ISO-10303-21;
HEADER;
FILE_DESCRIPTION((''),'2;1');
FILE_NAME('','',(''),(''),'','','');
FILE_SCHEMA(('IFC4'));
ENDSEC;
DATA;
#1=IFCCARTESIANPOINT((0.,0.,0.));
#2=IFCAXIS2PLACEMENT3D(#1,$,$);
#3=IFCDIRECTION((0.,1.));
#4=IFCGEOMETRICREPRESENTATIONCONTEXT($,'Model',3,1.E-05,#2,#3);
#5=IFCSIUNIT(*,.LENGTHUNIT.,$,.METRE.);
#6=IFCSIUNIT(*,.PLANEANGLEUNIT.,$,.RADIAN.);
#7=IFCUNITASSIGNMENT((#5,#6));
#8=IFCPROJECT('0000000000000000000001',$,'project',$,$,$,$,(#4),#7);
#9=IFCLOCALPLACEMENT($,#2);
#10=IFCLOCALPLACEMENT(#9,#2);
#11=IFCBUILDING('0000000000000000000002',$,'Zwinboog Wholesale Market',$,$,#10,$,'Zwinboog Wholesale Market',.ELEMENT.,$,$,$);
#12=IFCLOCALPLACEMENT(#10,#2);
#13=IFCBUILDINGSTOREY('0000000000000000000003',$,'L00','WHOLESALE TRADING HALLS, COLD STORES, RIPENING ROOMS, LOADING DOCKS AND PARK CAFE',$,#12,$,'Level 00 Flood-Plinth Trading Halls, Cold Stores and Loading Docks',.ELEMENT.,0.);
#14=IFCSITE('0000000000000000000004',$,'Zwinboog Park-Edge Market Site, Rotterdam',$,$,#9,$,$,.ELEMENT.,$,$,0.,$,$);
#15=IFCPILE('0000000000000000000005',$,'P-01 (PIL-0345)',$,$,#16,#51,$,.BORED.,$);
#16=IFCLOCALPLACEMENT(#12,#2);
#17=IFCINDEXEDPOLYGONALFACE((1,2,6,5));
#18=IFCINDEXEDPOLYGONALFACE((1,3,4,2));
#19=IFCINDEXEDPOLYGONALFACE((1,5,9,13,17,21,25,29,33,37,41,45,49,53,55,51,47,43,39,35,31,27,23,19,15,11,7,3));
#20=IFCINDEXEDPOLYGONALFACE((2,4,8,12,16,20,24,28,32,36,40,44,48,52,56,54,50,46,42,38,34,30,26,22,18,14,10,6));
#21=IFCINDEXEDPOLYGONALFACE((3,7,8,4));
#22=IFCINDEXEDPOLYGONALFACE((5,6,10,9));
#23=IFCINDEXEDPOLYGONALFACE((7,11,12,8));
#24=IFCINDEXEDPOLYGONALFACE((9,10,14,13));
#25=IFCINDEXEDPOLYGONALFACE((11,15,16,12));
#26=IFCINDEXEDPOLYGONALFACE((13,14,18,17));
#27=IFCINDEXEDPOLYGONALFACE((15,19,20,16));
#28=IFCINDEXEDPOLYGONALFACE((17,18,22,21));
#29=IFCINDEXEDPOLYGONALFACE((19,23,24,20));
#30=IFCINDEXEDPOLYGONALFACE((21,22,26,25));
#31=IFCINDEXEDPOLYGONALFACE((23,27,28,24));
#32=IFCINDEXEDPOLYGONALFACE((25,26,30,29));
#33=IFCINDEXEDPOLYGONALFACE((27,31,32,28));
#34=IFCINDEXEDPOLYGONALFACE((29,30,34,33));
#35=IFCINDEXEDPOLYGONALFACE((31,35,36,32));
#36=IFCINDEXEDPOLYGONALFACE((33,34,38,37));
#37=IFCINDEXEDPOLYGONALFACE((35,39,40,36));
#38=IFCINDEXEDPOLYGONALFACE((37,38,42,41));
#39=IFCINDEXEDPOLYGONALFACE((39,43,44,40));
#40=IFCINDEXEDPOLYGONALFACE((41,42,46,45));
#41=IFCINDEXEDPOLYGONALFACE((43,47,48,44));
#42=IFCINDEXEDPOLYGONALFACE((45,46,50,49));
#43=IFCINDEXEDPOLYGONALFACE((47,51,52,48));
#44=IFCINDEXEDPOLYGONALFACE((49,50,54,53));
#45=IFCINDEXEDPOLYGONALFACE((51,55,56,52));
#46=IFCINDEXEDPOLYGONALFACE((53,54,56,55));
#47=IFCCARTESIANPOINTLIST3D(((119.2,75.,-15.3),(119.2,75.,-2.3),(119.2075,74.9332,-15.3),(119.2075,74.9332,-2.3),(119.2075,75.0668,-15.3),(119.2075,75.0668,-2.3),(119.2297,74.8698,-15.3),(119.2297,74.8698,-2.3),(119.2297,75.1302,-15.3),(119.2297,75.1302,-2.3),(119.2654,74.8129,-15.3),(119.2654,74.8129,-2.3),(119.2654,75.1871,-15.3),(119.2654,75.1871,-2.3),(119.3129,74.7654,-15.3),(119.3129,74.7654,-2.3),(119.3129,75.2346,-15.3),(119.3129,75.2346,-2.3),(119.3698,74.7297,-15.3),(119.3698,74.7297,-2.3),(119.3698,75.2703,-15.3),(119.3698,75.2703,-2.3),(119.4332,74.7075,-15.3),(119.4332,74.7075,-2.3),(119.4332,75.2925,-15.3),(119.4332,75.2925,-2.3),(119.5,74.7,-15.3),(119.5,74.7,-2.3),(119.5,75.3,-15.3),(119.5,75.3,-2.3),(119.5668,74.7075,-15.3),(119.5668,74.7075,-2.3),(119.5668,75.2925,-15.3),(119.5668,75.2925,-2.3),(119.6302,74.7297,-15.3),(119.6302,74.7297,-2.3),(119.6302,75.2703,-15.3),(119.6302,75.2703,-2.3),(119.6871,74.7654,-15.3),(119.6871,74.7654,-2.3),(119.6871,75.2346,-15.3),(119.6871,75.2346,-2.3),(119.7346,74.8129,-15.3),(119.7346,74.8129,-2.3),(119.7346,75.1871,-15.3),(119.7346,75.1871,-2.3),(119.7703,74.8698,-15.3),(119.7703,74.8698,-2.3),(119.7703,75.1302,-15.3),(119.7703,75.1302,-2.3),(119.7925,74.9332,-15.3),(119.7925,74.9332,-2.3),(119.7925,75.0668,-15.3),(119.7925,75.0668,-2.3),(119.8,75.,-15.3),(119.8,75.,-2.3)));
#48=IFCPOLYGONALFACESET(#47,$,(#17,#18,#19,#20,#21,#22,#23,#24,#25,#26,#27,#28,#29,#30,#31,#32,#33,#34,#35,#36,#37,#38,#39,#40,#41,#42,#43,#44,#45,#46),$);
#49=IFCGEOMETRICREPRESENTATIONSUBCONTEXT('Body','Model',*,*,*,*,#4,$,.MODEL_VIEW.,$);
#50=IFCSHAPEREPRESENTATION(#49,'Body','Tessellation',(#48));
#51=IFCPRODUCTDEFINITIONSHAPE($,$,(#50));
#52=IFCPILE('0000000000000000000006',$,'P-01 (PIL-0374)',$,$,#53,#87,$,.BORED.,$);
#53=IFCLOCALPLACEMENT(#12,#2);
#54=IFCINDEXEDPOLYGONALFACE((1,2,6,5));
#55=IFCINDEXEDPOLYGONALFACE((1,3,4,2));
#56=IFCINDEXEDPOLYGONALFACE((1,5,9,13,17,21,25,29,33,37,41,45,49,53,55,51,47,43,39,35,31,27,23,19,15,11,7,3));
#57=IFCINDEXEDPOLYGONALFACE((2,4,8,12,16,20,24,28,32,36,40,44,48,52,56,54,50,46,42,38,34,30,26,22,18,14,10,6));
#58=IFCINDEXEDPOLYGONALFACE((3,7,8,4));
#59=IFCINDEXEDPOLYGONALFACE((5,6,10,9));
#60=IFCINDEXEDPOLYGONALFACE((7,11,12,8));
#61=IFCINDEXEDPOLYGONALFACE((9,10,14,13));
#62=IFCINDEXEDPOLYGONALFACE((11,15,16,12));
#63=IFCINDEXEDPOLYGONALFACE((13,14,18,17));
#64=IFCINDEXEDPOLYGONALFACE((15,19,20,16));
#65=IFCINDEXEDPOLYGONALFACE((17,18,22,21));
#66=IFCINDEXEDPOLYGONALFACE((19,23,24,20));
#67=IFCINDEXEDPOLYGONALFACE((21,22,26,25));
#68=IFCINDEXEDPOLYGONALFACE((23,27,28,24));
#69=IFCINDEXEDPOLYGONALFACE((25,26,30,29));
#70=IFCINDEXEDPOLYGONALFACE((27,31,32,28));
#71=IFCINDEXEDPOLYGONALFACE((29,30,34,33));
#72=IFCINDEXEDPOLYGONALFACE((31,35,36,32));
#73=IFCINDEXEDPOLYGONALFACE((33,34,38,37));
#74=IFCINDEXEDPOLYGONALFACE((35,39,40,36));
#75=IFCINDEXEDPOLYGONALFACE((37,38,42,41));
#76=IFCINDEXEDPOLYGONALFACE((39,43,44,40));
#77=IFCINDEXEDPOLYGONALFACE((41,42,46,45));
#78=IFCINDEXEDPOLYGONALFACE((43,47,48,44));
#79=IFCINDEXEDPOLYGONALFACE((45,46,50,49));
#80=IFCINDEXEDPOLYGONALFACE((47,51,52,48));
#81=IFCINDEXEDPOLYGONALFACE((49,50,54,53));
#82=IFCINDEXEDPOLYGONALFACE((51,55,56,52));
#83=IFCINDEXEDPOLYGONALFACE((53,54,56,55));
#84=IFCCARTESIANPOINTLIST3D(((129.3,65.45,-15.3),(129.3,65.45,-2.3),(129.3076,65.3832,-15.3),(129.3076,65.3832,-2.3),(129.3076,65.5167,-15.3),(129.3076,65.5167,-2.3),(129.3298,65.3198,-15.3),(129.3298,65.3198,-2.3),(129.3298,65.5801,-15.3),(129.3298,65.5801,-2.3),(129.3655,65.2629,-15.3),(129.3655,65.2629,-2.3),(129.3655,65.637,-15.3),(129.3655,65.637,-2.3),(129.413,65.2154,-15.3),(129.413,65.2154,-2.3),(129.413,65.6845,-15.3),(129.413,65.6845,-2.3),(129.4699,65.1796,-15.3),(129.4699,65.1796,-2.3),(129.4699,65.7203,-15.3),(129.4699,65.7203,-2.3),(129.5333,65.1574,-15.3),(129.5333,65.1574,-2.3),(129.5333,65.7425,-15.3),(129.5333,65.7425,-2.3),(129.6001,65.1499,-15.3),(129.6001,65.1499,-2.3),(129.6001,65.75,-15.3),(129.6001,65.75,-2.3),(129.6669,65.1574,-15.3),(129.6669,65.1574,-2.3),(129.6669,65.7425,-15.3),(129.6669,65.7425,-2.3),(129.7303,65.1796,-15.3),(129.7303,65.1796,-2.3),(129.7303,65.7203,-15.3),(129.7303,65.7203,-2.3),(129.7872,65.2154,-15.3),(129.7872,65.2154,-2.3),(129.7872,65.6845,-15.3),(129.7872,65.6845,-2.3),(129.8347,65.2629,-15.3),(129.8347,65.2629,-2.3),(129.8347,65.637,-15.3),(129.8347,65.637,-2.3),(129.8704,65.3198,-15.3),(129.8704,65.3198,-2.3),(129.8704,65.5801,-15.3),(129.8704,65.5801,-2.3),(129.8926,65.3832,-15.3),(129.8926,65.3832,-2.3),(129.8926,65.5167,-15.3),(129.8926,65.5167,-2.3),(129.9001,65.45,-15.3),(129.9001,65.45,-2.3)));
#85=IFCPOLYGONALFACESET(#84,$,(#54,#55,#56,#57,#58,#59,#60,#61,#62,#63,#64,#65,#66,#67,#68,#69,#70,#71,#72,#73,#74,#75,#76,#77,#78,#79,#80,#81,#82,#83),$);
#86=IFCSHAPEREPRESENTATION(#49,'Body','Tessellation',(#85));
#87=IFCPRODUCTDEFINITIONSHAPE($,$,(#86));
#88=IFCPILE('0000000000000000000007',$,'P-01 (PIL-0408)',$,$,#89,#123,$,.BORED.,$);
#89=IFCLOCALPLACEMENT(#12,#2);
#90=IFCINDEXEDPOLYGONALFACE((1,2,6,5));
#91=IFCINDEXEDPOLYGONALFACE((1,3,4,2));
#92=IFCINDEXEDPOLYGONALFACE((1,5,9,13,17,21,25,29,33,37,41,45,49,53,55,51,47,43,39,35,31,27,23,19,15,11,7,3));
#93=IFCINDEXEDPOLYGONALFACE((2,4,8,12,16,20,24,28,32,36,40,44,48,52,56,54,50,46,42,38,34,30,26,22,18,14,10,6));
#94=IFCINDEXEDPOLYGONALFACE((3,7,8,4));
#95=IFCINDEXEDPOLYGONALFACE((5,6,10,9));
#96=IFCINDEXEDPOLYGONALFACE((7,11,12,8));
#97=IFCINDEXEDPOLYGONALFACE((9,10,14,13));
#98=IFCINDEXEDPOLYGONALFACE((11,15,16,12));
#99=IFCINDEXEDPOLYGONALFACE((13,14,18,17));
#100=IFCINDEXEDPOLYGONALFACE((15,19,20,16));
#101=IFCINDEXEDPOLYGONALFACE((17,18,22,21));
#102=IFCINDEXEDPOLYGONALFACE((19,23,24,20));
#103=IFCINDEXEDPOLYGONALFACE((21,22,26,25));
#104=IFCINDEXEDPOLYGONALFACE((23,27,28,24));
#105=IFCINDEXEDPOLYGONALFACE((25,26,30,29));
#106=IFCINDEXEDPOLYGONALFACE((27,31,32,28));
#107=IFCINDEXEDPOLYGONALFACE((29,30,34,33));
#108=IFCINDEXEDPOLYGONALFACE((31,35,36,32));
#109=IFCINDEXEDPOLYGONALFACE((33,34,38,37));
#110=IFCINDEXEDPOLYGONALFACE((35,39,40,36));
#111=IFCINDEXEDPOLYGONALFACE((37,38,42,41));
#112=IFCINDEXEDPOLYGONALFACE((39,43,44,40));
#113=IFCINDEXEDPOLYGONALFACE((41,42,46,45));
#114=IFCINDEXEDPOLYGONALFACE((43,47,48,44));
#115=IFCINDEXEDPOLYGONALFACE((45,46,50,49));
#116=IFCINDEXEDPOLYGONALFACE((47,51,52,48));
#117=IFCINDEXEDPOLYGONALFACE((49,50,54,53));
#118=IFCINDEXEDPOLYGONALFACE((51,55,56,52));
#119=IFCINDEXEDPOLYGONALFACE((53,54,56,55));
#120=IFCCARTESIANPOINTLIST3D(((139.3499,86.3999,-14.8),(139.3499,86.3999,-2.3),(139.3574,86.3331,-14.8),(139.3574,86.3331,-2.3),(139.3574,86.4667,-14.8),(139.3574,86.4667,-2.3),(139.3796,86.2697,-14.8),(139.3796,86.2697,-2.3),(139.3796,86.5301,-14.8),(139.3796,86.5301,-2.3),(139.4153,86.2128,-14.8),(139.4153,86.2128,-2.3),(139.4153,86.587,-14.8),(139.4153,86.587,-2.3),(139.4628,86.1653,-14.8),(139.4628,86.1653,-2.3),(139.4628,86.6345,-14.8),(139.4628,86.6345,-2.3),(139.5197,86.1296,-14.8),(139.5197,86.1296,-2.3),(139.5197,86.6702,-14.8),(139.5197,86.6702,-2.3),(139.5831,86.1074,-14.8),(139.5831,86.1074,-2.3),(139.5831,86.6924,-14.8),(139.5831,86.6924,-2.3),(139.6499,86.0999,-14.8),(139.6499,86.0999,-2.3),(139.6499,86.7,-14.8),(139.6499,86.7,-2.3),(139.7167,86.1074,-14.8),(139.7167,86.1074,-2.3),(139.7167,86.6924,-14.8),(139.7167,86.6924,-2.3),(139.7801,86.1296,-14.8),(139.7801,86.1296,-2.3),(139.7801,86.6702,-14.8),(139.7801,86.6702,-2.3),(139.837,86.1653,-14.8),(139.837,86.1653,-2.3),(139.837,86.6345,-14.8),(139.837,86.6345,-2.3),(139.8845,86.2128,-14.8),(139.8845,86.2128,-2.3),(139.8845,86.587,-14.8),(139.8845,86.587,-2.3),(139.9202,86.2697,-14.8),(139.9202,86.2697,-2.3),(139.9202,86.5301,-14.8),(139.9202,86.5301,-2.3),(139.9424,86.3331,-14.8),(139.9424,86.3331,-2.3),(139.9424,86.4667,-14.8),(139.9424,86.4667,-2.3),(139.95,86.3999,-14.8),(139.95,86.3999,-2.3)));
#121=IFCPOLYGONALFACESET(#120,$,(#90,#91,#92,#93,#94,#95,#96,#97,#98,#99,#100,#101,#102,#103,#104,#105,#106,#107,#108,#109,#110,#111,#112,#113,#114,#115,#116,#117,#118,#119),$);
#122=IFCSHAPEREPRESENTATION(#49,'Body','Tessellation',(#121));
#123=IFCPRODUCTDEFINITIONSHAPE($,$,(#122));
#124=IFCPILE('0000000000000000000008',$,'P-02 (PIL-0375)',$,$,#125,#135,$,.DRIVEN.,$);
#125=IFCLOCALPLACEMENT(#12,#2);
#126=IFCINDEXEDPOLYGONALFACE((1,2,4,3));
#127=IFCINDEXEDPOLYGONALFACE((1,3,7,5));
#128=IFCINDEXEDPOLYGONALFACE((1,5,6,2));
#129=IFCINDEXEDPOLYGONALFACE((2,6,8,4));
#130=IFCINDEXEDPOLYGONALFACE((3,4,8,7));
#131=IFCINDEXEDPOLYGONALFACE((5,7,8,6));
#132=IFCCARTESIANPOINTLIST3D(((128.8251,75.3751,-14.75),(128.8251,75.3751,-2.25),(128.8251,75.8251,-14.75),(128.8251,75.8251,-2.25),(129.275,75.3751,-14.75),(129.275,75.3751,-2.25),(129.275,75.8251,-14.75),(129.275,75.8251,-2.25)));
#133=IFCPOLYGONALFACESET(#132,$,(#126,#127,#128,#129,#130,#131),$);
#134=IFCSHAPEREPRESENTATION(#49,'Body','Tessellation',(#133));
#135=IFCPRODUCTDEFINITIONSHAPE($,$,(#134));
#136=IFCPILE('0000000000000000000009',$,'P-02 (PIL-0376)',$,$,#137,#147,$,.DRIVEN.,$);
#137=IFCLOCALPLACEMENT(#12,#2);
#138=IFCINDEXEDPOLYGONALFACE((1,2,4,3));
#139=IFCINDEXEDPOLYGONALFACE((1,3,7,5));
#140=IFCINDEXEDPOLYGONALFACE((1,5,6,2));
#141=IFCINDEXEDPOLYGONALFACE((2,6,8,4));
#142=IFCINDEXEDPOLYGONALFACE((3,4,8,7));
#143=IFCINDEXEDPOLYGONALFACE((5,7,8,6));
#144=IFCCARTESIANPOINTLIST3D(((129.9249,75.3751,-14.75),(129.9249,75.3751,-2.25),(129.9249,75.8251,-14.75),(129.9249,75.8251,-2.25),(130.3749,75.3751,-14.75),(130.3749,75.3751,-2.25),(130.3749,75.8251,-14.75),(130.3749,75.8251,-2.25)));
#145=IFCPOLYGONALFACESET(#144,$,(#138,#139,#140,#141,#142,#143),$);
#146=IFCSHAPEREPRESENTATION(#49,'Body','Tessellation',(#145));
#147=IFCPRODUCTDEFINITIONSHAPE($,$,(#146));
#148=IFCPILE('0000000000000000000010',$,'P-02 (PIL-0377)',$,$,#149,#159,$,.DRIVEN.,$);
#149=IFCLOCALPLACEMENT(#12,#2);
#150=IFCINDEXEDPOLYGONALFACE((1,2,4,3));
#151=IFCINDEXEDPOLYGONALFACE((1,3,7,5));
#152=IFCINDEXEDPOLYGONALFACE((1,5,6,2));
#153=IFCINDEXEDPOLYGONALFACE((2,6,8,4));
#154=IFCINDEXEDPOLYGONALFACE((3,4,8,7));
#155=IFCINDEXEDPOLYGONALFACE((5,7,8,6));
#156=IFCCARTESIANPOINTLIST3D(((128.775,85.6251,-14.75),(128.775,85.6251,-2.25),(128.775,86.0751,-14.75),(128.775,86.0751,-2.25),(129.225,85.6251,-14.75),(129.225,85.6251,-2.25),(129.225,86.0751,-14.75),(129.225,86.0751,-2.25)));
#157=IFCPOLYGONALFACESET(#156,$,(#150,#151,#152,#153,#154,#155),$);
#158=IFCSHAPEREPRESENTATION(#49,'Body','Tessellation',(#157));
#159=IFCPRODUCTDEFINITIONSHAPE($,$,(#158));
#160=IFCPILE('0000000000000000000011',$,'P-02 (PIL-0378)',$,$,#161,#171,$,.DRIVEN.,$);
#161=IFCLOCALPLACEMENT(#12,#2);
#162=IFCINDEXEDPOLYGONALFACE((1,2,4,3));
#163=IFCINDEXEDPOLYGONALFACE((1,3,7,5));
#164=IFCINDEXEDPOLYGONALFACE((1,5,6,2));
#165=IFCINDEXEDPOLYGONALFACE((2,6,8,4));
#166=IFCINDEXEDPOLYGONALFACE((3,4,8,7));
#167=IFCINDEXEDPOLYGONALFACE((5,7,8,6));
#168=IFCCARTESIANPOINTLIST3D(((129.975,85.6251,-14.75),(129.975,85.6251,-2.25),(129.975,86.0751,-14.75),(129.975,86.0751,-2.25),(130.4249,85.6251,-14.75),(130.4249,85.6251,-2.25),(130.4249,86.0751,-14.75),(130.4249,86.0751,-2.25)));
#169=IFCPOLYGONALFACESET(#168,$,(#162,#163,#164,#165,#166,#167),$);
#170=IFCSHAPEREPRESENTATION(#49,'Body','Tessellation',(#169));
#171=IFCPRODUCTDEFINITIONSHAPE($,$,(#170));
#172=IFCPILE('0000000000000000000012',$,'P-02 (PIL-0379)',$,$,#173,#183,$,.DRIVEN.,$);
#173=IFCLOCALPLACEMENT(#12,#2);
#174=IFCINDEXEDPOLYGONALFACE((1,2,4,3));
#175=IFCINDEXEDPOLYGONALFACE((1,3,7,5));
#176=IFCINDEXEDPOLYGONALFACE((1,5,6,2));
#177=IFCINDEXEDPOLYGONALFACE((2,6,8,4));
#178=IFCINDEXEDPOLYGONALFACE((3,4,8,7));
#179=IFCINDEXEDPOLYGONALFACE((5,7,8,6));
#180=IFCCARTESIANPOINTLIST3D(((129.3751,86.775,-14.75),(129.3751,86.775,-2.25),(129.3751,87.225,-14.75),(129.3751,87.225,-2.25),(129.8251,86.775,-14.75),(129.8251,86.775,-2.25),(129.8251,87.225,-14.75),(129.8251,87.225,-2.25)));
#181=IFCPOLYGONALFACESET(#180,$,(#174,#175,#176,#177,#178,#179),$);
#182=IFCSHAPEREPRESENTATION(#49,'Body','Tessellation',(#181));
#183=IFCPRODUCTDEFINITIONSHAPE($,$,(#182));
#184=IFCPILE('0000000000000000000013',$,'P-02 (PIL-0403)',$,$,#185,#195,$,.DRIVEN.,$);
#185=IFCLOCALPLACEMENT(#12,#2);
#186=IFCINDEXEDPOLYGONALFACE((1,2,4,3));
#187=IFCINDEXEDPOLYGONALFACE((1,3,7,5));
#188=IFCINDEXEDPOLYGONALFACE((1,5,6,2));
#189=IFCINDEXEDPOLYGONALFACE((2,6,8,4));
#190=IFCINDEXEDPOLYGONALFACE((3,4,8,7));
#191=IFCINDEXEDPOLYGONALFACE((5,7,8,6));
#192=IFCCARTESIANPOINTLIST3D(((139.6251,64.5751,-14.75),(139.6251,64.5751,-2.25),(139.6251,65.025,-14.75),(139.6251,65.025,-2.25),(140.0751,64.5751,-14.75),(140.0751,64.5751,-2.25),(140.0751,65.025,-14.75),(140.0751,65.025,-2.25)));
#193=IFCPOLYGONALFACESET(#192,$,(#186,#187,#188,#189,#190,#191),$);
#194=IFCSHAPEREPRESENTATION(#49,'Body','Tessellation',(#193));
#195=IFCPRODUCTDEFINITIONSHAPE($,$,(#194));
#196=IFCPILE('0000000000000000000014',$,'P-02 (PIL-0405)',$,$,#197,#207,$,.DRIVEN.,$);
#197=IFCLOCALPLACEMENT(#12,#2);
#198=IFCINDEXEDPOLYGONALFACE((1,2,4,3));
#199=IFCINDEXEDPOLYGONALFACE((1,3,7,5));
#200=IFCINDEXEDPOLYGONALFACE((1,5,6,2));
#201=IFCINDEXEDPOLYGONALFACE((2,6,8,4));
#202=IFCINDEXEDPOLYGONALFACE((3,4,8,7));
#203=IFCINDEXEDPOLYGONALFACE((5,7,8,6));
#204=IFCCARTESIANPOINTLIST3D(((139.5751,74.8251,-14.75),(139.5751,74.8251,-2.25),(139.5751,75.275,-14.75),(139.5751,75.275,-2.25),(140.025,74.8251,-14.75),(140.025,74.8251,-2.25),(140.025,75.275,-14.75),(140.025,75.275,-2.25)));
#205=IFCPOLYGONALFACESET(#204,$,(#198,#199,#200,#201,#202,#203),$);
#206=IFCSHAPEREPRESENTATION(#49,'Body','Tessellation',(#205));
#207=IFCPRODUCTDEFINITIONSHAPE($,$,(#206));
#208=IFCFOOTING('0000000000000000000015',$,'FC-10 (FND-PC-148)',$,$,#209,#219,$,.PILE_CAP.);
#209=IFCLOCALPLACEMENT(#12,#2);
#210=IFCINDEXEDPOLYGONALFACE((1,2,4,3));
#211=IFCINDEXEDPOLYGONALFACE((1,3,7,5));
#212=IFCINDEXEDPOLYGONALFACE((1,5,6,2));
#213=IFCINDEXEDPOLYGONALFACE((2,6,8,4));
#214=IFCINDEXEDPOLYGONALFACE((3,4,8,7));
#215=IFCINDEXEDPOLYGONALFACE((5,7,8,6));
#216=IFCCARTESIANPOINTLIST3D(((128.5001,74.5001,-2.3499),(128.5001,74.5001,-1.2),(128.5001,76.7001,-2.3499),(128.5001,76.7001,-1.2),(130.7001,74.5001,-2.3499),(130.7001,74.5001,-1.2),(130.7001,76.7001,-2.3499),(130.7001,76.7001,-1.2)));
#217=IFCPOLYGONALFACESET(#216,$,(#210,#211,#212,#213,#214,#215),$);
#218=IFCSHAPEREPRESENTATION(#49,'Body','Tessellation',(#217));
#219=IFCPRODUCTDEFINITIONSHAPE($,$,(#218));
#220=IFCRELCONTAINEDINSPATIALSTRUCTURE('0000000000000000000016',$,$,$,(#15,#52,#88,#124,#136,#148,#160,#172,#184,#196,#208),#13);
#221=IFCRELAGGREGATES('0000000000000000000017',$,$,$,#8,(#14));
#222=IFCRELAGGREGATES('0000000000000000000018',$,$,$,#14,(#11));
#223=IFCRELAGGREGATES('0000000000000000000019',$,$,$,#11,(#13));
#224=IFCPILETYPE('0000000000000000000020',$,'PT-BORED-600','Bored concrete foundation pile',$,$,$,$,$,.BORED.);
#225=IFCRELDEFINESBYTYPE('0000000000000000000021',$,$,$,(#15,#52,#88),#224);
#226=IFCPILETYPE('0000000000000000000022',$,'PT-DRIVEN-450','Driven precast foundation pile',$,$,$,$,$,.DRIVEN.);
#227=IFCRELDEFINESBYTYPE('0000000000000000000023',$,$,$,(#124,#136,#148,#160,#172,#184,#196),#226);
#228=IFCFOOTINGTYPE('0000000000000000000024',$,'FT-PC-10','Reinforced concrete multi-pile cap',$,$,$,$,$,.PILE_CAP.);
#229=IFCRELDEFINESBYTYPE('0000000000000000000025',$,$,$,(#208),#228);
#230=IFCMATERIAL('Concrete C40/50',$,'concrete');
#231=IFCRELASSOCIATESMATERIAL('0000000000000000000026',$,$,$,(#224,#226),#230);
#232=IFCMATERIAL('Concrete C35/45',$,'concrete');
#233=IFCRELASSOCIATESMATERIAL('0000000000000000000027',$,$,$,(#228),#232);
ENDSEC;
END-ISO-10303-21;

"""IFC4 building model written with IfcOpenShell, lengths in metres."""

from ifc_helpers import new_model, si_unit, direction, frame, origin, origin_2d, place, context, subcontext, project, spatial, rectangle, circle, extrude, material, material_profile, profile_set, type_object, element, save


model = new_model("IFC4")

# Units and contexts
model_context = context("Model", 3, precision=1e-05, world=origin(), true_north=direction((0.0, 1.0)))
body_context = subcontext(model_context, "Body", "Model", "MODEL_VIEW")
ifc_project = project(units=[si_unit("LENGTHUNIT", "METRE"), si_unit("PLANEANGLEUNIT", "RADIAN")], contexts=[model_context])

# Site, building, storey
site_placement = place(None, origin())
site = spatial("IfcSite", under=ifc_project, at=site_placement, Name="Zwinboog Park-Edge Market Site, Rotterdam", CompositionType="ELEMENT", RefElevation=0.0)
building_placement = place(site_placement, origin())
building = spatial("IfcBuilding", under=site, at=building_placement, Name="Zwinboog Wholesale Market", LongName="Zwinboog Wholesale Market", CompositionType="ELEMENT")
storey_placement = place(building_placement, origin())
storey = spatial("IfcBuildingStorey", under=building, at=storey_placement, Name="L00", Description="WHOLESALE TRADING HALLS, COLD STORES, RIPENING ROOMS, LOADING DOCKS AND PARK CAFE", LongName="Level 00 Flood-Plinth Trading Halls, Cold Stores and Loading Docks", CompositionType="ELEMENT", Elevation=0.0)

# Piles
ifc_material_1 = material(Name="Concrete C40/50", Category="concrete")
ifc_material_profile_1 = material_profile(ifc_material_1, circle(Radius=0.3, at=origin_2d()), Name="PILE D600")
ifc_profile_set_1 = profile_set([ifc_material_profile_1], Name="Concrete C40/50")
pile_type_1 = type_object("IfcPileType", Name="PT-BORED-600", Description="Bored concrete foundation pile", PredefinedType="BORED", material=ifc_profile_set_1)
for number, where, z_axis, x_axis, name in (
    (1, (119.5, 75.0, -2.3), (0.0, 0.0, -1.0), (1.0, 0.0, 0.0), "P-01 (PIL-0345)"),
    (2, (129.6001, 65.45, -2.3), (0.0, 0.0, -1.0), (1.0, 0.0, 0.0), "P-01 (PIL-0374)"),
):
    element("IfcPile", number, at=place(storey_placement, frame(where, z_axis=z_axis, x_axis=x_axis)), inside=storey, type_object=pile_type_1, Name=name, PredefinedType="BORED", context=body_context, shape_type="SweptSolid", body=[
        extrude(circle(Radius=0.3, at=origin_2d()), origin(), (0.0, 0.0, 1.0), 13.0),
    ])
pile_placement = place(storey_placement, frame((139.6499, 86.3999, -2.3), z_axis=(0.0, 0.0, -1.0), x_axis=(1.0, 0.0, 0.0)))
element("IfcPile", 3, at=pile_placement, inside=storey, type_object=pile_type_1, Name="P-01 (PIL-0408)", PredefinedType="BORED", context=body_context, shape_type="SweptSolid", body=[
    extrude(circle(Radius=0.3, at=origin_2d()), origin(), (0.0, 0.0, 1.0), 12.5),
])
ifc_material_profile_2 = material_profile(ifc_material_1, rectangle(XDim=0.45, YDim=0.45, at=origin_2d()), Name="PILE SQ450")
ifc_profile_set_2 = profile_set([ifc_material_profile_2], Name="Concrete C40/50")
pile_type_2 = type_object("IfcPileType", Name="PT-DRIVEN-450", Description="Driven precast foundation pile", PredefinedType="DRIVEN", material=ifc_profile_set_2)
for number, where, z_axis, x_axis, name in (
    (4, (129.05, 75.6001, -2.25), (0.0, 0.0, -1.0), (1.0, 0.0, 0.0), "P-02 (PIL-0375)"),
    (5, (130.1499, 75.6001, -2.25), (0.0, 0.0, -1.0), (1.0, 0.0, 0.0), "P-02 (PIL-0376)"),
    (6, (129.0, 85.8501, -2.25), (0.0, 0.0, -1.0), (1.0, 0.0, 0.0), "P-02 (PIL-0377)"),
    (7, (130.2, 85.8501, -2.25), (0.0, 0.0, -1.0), (1.0, 0.0, 0.0), "P-02 (PIL-0378)"),
    (8, (129.6001, 87.0, -2.25), (0.0, 0.0, -1.0), (1.0, 0.0, 0.0), "P-02 (PIL-0379)"),
    (9, (139.8501, 64.8, -2.25), (0.0, 0.0, -1.0), (1.0, 0.0, 0.0), "P-02 (PIL-0403)"),
    (10, (139.8, 75.05, -2.25), (0.0, 0.0, -1.0), (1.0, 0.0, 0.0), "P-02 (PIL-0405)"),
):
    element("IfcPile", number, at=place(storey_placement, frame(where, z_axis=z_axis, x_axis=x_axis)), inside=storey, type_object=pile_type_2, Name=name, PredefinedType="DRIVEN", context=body_context, shape_type="SweptSolid", body=[
        extrude(rectangle(XDim=0.45, YDim=0.45, at=origin_2d()), origin(), (0.0, 0.0, 1.0), 12.5),
    ])

# Footing
ifc_material_2 = material(Name="Concrete C35/45", Category="concrete")
footing_type_1 = type_object("IfcFootingType", Name="FT-PC-10", Description="Reinforced concrete multi-pile cap", PredefinedType="PILE_CAP", material=ifc_material_2)
footing_1_placement = place(storey_placement, frame((129.6001, 75.6001, -2.3499), z_axis=(0.0, 0.0, 1.0), x_axis=(1.0, 0.0, 0.0)))
element("IfcFooting", 11, at=footing_1_placement, inside=storey, type_object=footing_type_1, Name="FC-10 (FND-PC-148)", PredefinedType="PILE_CAP", context=body_context, shape_type="SweptSolid", body=[
    extrude(rectangle(XDim=2.2, YDim=2.2, at=origin_2d()), origin(), (0.0, 0.0, 1.0), 1.1499),
])

save(model, "model.ifc")
